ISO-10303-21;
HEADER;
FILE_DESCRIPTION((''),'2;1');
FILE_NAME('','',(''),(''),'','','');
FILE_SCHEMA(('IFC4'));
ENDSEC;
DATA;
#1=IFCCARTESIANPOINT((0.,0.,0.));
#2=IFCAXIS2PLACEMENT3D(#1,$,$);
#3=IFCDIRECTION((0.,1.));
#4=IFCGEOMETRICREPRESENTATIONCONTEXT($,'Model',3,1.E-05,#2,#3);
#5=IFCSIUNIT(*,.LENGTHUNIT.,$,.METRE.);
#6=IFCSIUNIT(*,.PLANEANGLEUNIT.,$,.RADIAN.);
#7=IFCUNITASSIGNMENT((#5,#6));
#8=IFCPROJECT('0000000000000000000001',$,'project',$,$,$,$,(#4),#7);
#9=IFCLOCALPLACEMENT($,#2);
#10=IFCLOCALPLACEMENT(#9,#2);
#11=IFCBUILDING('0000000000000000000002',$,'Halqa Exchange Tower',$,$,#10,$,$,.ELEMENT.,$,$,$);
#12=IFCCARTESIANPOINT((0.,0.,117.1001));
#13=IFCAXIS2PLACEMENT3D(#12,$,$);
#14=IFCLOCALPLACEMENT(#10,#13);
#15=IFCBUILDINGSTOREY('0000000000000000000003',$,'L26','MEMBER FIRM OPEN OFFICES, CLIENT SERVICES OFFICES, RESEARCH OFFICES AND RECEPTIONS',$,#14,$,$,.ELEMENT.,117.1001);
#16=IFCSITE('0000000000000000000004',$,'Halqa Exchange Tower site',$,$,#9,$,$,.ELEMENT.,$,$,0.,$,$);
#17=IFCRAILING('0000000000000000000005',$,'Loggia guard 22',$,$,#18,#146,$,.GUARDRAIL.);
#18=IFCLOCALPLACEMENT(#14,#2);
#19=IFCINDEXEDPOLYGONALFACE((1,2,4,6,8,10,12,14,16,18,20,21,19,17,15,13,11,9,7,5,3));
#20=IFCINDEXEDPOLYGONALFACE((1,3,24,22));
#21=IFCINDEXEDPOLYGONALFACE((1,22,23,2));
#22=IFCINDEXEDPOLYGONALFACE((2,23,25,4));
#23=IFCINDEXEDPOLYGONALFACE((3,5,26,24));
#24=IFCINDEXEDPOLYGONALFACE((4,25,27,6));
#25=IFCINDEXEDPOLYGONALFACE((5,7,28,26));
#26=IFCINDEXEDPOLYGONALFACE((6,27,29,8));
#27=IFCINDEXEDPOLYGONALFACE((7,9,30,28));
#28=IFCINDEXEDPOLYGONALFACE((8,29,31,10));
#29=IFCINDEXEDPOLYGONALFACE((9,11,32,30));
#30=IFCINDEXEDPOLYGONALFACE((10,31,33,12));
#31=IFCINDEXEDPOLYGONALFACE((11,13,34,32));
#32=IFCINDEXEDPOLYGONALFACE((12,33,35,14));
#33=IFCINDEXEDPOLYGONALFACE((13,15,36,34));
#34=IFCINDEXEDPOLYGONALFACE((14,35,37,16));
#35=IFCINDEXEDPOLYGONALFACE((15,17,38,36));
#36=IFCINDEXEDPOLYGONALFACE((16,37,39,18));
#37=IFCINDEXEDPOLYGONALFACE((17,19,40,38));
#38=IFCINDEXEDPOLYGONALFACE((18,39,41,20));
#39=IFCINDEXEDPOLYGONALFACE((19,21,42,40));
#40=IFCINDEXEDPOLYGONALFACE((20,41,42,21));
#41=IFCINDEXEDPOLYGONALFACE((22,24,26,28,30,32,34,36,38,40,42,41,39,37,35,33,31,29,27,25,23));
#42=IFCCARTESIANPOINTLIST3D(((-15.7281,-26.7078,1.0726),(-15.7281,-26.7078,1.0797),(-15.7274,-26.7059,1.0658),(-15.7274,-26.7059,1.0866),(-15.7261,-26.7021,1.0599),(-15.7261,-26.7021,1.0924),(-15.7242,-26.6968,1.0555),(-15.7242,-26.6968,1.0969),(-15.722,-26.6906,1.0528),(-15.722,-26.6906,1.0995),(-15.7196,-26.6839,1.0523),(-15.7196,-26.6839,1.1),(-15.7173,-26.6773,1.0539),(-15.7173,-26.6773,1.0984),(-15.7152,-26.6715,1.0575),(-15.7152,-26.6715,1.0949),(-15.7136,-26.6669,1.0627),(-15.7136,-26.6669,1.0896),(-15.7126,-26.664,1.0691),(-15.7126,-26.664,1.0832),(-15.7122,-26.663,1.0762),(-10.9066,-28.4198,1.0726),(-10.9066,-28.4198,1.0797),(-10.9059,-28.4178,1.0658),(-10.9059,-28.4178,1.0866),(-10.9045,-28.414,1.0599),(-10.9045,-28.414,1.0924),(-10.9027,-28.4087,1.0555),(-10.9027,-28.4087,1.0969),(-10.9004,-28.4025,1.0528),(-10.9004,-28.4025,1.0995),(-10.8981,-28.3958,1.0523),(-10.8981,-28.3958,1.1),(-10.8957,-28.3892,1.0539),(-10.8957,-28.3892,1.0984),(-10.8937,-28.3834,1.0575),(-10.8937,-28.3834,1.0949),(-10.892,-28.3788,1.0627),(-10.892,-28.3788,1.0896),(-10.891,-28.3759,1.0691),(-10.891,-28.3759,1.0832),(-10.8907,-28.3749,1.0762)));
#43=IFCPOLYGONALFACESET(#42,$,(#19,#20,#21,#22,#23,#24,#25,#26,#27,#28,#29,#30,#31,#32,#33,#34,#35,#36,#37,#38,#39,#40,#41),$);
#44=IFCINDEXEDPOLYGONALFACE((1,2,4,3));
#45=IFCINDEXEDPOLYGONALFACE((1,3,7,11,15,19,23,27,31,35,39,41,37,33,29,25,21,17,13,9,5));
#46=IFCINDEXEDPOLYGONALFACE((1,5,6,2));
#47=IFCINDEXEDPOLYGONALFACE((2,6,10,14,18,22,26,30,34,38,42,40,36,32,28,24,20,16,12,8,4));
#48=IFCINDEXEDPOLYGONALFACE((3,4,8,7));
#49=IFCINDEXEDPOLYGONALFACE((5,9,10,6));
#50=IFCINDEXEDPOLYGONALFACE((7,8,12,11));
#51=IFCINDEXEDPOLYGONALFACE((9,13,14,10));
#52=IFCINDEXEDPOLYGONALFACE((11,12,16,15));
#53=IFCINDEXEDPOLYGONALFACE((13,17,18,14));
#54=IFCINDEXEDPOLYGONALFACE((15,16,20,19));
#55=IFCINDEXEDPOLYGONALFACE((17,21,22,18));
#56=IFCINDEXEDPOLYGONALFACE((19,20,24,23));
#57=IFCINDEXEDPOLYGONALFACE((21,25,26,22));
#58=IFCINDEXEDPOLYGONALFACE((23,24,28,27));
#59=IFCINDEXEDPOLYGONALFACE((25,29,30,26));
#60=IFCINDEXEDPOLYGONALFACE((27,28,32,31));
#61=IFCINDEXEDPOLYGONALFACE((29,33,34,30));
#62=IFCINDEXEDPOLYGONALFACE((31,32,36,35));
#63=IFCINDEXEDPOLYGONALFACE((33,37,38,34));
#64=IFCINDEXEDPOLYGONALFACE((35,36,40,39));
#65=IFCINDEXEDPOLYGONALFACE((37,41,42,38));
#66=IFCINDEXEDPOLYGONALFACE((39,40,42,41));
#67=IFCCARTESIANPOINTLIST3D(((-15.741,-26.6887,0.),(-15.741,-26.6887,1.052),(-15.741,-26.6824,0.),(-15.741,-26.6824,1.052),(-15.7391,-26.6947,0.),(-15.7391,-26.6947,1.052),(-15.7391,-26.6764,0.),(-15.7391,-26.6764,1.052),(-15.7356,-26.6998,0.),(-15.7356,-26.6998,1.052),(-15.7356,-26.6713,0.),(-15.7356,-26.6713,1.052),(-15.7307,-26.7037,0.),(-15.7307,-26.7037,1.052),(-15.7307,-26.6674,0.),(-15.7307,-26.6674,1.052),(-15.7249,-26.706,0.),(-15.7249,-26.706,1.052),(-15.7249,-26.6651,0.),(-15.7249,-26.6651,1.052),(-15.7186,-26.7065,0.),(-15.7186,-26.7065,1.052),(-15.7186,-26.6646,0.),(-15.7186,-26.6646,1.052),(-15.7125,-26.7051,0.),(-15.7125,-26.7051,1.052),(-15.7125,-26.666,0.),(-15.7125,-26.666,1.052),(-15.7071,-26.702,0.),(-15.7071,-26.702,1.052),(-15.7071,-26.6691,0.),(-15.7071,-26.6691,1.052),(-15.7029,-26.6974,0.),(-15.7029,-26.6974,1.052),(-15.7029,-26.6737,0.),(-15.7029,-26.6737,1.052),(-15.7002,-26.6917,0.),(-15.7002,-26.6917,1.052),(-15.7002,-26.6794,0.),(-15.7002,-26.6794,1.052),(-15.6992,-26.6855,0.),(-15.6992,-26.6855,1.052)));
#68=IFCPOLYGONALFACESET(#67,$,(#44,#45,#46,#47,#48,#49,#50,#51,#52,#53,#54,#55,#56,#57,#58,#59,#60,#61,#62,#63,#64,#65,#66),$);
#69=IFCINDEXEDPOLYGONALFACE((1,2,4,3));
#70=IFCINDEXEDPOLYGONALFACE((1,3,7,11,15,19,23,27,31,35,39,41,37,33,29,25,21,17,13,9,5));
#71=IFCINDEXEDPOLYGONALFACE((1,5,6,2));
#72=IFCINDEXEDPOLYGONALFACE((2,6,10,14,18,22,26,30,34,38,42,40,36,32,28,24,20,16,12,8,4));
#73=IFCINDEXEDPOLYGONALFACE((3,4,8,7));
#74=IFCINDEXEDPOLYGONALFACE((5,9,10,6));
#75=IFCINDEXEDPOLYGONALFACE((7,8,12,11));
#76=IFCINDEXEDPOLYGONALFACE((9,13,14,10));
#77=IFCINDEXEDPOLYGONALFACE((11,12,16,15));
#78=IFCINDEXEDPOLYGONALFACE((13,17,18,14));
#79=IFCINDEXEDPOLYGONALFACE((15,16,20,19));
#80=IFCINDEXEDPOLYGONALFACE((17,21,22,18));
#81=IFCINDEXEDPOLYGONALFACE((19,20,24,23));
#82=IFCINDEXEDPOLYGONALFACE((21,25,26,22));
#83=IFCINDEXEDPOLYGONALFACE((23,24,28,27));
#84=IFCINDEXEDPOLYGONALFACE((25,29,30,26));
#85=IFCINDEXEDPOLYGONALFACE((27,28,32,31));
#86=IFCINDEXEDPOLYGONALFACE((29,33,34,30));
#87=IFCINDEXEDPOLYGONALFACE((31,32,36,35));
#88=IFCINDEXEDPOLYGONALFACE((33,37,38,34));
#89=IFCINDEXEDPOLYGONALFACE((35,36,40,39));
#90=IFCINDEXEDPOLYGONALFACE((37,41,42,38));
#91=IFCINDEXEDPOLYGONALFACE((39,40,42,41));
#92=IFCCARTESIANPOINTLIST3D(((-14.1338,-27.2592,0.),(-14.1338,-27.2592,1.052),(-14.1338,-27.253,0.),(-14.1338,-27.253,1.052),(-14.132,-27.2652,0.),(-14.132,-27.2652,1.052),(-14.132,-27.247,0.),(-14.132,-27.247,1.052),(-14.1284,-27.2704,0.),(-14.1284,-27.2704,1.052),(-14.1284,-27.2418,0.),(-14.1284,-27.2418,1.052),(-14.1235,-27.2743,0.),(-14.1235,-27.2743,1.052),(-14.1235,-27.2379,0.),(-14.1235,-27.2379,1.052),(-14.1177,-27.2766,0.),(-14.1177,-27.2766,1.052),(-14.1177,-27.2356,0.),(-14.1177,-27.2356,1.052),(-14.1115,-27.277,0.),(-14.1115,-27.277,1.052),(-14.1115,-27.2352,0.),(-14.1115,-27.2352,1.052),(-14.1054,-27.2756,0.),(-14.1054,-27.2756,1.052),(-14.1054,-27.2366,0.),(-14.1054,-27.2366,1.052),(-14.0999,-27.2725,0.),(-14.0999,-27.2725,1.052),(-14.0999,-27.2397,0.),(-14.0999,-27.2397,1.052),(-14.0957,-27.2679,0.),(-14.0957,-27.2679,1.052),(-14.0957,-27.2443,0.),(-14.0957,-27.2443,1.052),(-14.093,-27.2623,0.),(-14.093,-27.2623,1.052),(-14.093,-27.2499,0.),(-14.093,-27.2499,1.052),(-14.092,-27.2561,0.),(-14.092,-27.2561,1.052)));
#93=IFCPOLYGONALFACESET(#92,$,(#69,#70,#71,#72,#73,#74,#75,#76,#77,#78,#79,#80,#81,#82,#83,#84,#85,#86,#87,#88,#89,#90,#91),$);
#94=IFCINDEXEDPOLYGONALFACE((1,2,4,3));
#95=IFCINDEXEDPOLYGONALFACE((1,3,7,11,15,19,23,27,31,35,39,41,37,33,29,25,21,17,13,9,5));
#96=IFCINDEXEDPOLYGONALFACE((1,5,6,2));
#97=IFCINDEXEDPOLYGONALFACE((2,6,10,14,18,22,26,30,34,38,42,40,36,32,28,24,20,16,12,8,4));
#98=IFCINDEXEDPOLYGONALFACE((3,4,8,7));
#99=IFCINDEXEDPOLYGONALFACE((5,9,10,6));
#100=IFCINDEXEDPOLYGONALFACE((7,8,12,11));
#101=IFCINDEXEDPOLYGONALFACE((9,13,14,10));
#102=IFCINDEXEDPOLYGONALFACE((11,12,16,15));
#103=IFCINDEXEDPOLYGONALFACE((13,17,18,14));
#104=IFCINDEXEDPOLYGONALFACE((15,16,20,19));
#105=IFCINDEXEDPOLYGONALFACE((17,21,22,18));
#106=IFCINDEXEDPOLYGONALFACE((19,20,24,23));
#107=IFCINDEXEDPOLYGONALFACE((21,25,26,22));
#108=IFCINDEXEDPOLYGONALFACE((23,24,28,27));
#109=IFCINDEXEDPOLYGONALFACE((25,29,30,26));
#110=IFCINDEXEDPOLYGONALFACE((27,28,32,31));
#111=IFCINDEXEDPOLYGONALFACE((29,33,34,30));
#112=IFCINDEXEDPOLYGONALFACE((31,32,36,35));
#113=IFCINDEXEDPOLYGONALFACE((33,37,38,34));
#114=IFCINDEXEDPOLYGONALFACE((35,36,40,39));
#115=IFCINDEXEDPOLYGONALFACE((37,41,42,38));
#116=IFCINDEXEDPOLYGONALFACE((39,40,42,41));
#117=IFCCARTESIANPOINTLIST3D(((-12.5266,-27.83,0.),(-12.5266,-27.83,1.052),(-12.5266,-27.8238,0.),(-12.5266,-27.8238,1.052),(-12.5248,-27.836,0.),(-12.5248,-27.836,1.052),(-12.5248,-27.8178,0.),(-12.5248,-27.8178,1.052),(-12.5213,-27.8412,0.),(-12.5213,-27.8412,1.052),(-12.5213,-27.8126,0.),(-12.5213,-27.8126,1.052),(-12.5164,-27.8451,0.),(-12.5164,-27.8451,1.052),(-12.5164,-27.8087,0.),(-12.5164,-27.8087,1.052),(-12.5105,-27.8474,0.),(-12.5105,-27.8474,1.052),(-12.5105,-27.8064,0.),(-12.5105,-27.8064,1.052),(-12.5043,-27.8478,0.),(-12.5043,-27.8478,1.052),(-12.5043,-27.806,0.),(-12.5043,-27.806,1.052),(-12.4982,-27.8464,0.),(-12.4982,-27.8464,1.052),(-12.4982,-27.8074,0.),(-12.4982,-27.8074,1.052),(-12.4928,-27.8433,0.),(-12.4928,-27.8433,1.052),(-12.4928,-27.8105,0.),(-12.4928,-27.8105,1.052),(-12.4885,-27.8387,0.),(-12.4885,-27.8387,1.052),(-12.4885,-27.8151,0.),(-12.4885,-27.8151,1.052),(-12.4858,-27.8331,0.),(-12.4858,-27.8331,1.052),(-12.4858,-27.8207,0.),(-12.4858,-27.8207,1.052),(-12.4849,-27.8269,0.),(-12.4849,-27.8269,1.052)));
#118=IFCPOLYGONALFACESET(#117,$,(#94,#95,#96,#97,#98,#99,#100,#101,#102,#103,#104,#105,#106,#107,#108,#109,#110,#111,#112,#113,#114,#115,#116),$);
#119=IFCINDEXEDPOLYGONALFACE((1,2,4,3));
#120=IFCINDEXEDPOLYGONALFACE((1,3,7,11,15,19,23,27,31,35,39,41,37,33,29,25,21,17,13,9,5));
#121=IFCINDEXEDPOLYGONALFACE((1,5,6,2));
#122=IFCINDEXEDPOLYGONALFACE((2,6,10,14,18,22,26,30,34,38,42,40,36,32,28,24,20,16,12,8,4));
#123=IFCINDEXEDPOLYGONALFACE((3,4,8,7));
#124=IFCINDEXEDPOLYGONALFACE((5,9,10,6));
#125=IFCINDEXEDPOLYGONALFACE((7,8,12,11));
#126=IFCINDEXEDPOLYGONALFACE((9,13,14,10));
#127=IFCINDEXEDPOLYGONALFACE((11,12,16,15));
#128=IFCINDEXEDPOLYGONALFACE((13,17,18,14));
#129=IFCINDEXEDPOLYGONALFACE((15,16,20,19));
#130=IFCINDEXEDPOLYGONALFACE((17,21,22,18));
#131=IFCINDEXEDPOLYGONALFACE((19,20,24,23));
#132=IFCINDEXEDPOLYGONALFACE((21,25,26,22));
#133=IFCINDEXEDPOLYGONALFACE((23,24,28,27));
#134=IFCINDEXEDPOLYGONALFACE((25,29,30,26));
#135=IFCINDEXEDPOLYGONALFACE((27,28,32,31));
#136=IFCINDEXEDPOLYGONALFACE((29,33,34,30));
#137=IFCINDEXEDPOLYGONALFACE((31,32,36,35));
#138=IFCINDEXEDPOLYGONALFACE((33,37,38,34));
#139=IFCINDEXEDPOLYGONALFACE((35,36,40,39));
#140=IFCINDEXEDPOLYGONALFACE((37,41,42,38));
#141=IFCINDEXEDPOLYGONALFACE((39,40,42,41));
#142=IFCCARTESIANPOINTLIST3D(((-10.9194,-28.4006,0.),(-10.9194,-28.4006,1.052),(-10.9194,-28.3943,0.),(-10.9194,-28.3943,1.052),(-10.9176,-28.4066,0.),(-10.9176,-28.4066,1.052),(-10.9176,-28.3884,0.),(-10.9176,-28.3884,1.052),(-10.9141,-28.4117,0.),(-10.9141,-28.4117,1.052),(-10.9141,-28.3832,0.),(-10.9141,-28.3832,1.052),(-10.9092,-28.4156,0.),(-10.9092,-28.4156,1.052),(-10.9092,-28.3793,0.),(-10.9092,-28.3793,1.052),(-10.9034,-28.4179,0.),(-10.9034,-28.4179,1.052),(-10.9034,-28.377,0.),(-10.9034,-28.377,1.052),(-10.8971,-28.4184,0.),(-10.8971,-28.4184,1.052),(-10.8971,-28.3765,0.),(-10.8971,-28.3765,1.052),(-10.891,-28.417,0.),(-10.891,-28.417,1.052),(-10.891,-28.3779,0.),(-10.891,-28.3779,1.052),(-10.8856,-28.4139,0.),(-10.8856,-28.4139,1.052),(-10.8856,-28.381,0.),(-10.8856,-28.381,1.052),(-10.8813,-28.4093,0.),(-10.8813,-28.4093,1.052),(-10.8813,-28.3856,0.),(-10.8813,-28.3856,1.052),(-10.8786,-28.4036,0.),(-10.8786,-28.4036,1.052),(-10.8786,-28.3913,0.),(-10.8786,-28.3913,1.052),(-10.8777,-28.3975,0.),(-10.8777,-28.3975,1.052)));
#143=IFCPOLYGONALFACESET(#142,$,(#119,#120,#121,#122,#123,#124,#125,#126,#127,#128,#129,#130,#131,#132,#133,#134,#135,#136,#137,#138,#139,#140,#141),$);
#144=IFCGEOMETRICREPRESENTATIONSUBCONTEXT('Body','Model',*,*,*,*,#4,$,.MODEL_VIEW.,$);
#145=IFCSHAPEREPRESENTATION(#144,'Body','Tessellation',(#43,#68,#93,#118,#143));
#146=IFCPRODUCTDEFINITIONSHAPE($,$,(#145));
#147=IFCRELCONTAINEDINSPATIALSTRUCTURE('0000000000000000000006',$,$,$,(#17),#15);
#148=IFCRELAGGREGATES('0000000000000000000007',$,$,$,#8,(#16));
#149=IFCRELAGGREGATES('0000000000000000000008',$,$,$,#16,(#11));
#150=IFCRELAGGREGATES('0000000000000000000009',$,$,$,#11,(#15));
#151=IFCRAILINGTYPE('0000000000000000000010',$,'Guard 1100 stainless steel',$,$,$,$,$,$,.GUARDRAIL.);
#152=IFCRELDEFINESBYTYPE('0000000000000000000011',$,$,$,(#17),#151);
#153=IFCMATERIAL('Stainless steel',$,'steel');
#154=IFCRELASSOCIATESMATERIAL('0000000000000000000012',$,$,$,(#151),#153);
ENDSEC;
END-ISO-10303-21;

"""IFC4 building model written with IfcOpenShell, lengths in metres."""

from ifc_helpers import new_model, si_unit, direction, frame, origin, origin_2d, place, context, subcontext, project, spatial, circle, extrude, material, type_object, element, save


model = new_model("IFC4")

# Units and contexts
model_context = context("Model", 3, precision=1e-05, world=origin(), true_north=direction((0.0, 1.0)))
body_context = subcontext(model_context, "Body", "Model", "MODEL_VIEW")
ifc_project = project(units=[si_unit("LENGTHUNIT", "METRE"), si_unit("PLANEANGLEUNIT", "RADIAN")], contexts=[model_context])

# Site, building, storey
site_placement = place(None, origin())
site = spatial("IfcSite", under=ifc_project, at=site_placement, Name="Halqa Exchange Tower site", CompositionType="ELEMENT", RefElevation=0.0)
building_placement = place(site_placement, origin())
building = spatial("IfcBuilding", under=site, at=building_placement, Name="Halqa Exchange Tower", CompositionType="ELEMENT")
storey_placement = place(building_placement, frame((0.0, 0.0, 117.1001)))
storey = spatial("IfcBuildingStorey", under=building, at=storey_placement, Name="L26", Description="MEMBER FIRM OPEN OFFICES, CLIENT SERVICES OFFICES, RESEARCH OFFICES AND RECEPTIONS", CompositionType="ELEMENT", Elevation=117.1001)

# Railing
ifc_material_1 = material(Name="Stainless steel", Category="steel")
railing_type = type_object("IfcRailingType", Name="Guard 1100 stainless steel", PredefinedType="GUARDRAIL", material=ifc_material_1)
railing_1_placement = place(storey_placement, frame((-15.7202, -26.6855, 0.0)))
element("IfcRailing", 1, at=railing_1_placement, inside=storey, type_object=railing_type, Name="Loggia guard 22", PredefinedType="GUARDRAIL", context=body_context, shape_type="SweptSolid", body=[
    extrude(circle(Radius=0.0239, at=origin_2d()), frame((0.0, 0.0, 1.0762), z_axis=(0.942363, -0.334592, 0.0), x_axis=(0.334592, 0.942363, 0.0)), (0.0, 0.0, 1.0), 5.1165),
    extrude(circle(Radius=0.021, at=origin_2d()), origin(), (0.0, 0.0, 1.0), 1.052),
    extrude(circle(Radius=0.021, at=origin_2d()), frame((1.6072, -0.5706, 0.0)), (0.0, 0.0, 1.0), 1.052),
    extrude(circle(Radius=0.021, at=origin_2d()), frame((3.2144, -1.1414, 0.0)), (0.0, 0.0, 1.0), 1.052),
    extrude(circle(Radius=0.021, at=origin_2d()), frame((4.8215, -1.7119, 0.0)), (0.0, 0.0, 1.0), 1.052),
])

save(model, "model.ifc")
